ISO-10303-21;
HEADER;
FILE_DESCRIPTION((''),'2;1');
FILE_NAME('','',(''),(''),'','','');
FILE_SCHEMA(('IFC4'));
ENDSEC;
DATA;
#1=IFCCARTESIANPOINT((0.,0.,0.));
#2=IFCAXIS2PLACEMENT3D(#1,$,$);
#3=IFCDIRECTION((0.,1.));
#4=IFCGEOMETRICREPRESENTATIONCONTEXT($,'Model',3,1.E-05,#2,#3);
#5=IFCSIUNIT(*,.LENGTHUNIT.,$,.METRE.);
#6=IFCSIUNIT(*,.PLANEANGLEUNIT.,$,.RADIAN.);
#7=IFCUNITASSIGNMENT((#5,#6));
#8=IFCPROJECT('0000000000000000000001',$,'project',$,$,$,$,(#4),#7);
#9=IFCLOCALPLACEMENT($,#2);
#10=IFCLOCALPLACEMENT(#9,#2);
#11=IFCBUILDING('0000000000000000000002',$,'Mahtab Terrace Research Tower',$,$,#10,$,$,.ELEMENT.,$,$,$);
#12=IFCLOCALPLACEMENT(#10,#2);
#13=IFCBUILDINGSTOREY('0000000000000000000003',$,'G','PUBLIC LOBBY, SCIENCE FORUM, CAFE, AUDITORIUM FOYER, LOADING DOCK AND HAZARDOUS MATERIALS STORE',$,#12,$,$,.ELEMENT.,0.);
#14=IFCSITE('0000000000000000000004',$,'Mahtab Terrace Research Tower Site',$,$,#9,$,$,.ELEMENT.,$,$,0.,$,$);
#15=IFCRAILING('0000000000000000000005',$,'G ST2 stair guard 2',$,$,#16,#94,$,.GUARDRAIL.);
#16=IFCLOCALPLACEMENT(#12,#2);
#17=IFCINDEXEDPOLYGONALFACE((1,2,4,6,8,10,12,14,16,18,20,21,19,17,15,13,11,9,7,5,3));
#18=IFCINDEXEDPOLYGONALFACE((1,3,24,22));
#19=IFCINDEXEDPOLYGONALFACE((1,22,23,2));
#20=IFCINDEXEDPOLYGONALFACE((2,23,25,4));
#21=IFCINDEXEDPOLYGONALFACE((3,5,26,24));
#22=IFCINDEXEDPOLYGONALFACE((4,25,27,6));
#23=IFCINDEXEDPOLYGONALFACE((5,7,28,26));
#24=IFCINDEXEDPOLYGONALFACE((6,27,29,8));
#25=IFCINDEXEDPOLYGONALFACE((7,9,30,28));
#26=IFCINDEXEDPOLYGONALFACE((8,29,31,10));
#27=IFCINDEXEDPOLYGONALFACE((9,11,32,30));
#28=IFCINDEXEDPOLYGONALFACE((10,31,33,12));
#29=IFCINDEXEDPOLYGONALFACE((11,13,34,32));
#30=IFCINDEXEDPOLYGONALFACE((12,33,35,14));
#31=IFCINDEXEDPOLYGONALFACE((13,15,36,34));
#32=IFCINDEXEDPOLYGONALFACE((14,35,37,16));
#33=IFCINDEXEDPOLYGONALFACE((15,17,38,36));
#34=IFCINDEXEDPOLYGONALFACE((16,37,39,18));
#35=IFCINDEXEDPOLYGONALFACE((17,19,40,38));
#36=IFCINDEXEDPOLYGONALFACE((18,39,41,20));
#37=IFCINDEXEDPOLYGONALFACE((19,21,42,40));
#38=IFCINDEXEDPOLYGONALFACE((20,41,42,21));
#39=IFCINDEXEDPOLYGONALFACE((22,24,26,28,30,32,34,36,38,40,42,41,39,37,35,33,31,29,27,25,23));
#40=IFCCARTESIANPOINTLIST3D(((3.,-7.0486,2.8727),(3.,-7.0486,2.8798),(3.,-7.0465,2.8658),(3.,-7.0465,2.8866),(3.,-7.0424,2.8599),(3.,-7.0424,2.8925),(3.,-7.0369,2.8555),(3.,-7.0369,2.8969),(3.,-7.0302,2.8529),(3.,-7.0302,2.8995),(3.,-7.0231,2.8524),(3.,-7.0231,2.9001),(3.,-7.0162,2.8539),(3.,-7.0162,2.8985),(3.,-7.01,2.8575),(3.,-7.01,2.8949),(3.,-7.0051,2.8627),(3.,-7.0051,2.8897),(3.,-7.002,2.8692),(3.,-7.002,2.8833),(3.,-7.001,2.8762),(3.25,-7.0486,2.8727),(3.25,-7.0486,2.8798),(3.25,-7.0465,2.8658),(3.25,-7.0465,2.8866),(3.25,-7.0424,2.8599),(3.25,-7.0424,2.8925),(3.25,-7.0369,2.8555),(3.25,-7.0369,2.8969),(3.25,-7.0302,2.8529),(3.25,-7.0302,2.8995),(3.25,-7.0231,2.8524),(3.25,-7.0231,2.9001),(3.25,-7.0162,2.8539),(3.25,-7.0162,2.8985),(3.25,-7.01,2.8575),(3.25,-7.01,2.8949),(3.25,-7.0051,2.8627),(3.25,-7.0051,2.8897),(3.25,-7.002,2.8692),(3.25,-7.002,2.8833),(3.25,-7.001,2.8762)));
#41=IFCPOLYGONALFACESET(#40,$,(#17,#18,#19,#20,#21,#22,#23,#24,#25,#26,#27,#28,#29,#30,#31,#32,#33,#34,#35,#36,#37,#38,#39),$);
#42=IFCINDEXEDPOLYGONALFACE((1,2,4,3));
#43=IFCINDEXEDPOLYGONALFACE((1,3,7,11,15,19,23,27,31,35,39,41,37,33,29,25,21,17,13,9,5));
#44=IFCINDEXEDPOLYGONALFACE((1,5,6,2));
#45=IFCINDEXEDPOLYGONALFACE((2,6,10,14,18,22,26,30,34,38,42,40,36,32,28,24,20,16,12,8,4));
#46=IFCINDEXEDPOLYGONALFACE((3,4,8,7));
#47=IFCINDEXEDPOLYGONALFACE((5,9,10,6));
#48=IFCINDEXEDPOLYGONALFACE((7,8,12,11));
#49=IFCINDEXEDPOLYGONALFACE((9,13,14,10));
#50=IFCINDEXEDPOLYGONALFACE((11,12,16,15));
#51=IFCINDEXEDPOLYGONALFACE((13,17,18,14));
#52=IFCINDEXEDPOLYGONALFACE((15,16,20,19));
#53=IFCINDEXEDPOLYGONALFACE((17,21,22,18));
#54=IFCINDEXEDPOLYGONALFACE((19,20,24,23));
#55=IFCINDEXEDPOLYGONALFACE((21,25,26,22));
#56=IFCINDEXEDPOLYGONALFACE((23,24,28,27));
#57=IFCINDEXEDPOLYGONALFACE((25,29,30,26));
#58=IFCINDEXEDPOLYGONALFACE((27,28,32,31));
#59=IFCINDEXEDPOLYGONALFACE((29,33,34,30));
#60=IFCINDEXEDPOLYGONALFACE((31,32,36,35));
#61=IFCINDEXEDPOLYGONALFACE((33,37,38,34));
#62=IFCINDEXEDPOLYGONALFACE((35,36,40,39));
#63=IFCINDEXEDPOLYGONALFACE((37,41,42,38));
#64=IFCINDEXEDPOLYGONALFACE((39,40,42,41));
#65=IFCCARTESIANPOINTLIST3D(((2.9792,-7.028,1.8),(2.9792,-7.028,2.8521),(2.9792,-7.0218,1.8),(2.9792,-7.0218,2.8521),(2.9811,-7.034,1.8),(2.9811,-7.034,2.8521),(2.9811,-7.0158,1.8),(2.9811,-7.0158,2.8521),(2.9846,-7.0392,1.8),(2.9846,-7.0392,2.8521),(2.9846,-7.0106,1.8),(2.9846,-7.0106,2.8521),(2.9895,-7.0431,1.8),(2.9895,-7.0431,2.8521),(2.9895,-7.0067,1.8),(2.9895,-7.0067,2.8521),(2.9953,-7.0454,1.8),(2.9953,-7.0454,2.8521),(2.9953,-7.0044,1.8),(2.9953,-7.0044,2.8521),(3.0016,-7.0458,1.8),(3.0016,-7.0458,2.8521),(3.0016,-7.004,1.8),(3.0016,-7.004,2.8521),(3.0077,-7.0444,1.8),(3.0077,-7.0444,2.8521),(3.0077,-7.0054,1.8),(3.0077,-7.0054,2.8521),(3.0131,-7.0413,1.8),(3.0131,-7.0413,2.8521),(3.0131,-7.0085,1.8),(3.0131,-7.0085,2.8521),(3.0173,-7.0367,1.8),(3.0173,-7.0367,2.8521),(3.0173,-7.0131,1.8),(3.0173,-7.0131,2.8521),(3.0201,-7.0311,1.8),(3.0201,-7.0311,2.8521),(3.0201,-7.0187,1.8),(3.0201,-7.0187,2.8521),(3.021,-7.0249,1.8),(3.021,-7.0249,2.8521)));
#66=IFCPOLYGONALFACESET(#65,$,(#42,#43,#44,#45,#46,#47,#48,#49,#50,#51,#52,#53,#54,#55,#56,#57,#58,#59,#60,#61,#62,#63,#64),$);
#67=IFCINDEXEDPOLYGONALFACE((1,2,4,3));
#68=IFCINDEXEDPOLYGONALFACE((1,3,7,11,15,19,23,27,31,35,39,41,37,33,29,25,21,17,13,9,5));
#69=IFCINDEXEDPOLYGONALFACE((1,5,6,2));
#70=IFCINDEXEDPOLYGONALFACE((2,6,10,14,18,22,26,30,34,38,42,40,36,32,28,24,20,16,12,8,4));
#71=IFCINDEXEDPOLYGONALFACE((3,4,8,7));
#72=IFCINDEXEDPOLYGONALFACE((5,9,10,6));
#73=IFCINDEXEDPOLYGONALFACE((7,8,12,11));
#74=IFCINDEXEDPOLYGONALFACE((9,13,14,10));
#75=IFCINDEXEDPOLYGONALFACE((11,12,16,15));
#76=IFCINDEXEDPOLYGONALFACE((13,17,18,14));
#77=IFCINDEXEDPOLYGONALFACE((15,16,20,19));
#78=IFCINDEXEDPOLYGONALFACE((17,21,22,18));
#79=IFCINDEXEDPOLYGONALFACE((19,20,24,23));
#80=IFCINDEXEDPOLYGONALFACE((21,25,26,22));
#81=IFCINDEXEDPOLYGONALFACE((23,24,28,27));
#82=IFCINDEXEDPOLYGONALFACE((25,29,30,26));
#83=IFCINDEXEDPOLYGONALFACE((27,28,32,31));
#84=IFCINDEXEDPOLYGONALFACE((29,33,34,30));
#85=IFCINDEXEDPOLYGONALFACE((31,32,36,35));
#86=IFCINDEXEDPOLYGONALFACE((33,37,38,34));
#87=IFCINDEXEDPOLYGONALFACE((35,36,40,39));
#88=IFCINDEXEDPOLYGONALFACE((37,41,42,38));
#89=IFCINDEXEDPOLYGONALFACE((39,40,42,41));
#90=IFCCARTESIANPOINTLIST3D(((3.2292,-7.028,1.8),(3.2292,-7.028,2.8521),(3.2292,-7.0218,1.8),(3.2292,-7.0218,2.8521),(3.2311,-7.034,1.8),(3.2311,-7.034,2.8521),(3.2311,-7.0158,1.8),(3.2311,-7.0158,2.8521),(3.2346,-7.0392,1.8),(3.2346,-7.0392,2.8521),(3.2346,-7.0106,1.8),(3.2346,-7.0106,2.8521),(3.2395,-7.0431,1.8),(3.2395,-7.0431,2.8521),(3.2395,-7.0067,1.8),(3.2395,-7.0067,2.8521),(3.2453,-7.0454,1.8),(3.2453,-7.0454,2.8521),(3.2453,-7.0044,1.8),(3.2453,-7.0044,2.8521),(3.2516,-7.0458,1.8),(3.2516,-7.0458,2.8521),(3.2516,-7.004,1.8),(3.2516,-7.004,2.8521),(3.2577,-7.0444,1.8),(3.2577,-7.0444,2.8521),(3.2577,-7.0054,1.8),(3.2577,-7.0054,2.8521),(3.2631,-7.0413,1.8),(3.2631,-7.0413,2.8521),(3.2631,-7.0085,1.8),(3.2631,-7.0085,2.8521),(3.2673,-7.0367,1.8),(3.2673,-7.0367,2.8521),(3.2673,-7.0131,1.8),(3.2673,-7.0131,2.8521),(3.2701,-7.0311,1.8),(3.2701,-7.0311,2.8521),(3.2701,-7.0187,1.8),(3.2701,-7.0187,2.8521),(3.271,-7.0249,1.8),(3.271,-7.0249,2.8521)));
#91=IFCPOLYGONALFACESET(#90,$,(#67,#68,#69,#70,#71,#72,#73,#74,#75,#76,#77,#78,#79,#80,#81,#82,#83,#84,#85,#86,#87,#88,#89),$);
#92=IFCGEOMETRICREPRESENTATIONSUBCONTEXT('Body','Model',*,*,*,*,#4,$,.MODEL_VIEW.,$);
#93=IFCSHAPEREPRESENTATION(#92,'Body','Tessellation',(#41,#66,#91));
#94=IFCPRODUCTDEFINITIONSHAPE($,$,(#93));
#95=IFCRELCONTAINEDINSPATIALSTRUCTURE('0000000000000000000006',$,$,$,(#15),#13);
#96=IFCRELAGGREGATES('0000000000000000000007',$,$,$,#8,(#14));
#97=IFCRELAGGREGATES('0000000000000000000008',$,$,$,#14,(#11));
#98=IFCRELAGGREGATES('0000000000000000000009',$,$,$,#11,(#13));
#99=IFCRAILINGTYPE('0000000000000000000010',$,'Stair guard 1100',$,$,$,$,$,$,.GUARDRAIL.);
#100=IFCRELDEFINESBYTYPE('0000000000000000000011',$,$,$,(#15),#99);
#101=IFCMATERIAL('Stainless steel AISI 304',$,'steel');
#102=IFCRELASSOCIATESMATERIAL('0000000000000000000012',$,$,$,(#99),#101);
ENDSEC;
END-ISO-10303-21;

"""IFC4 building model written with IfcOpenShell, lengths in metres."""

from ifc_helpers import new_model, si_unit, direction, frame, origin, origin_2d, place, context, subcontext, project, spatial, circle, extrude, material, type_object, element, save


model = new_model("IFC4")

# Units and contexts
model_context = context("Model", 3, precision=1e-05, world=origin(), true_north=direction((0.0, 1.0)))
body_context = subcontext(model_context, "Body", "Model", "MODEL_VIEW")
ifc_project = project(units=[si_unit("LENGTHUNIT", "METRE"), si_unit("PLANEANGLEUNIT", "RADIAN")], contexts=[model_context])

# Site, building, storey
site_placement = place(None, origin())
site = spatial("IfcSite", under=ifc_project, at=site_placement, Name="Mahtab Terrace Research Tower Site", CompositionType="ELEMENT", RefElevation=0.0)
building_placement = place(site_placement, origin())
building = spatial("IfcBuilding", under=site, at=building_placement, Name="Mahtab Terrace Research Tower", CompositionType="ELEMENT")
storey_placement = place(building_placement, origin())
storey = spatial("IfcBuildingStorey", under=building, at=storey_placement, Name="G", Description="PUBLIC LOBBY, SCIENCE FORUM, CAFE, AUDITORIUM FOYER, LOADING DOCK AND HAZARDOUS MATERIALS STORE", CompositionType="ELEMENT", Elevation=0.0)

# Railing
ifc_material_1 = material(Name="Stainless steel AISI 304", Category="steel")
railing_type_1 = type_object("IfcRailingType", Name="Stair guard 1100", PredefinedType="GUARDRAIL", material=ifc_material_1)
railing_1_placement = place(storey_placement, frame((3.0, -7.0249, 1.8)))
element("IfcRailing", 1, at=railing_1_placement, inside=storey, type_object=railing_type_1, Name="G ST2 stair guard 2", PredefinedType="GUARDRAIL", context=body_context, shape_type="SweptSolid", body=[
    extrude(circle(Radius=0.0239, at=origin_2d()), frame((0.0, 0.0, 1.0762), z_axis=(1.0, 0.0, 0.0), x_axis=(0.0, 1.0, 0.0)), (0.0, 0.0, 1.0), 0.25),
    extrude(circle(Radius=0.021, at=origin_2d()), origin(), (0.0, 0.0, 1.0), 1.052),
    extrude(circle(Radius=0.021, at=origin_2d()), frame((0.25, 0.0, 0.0)), (0.0, 0.0, 1.0), 1.052),
])

save(model, "model.ifc")
